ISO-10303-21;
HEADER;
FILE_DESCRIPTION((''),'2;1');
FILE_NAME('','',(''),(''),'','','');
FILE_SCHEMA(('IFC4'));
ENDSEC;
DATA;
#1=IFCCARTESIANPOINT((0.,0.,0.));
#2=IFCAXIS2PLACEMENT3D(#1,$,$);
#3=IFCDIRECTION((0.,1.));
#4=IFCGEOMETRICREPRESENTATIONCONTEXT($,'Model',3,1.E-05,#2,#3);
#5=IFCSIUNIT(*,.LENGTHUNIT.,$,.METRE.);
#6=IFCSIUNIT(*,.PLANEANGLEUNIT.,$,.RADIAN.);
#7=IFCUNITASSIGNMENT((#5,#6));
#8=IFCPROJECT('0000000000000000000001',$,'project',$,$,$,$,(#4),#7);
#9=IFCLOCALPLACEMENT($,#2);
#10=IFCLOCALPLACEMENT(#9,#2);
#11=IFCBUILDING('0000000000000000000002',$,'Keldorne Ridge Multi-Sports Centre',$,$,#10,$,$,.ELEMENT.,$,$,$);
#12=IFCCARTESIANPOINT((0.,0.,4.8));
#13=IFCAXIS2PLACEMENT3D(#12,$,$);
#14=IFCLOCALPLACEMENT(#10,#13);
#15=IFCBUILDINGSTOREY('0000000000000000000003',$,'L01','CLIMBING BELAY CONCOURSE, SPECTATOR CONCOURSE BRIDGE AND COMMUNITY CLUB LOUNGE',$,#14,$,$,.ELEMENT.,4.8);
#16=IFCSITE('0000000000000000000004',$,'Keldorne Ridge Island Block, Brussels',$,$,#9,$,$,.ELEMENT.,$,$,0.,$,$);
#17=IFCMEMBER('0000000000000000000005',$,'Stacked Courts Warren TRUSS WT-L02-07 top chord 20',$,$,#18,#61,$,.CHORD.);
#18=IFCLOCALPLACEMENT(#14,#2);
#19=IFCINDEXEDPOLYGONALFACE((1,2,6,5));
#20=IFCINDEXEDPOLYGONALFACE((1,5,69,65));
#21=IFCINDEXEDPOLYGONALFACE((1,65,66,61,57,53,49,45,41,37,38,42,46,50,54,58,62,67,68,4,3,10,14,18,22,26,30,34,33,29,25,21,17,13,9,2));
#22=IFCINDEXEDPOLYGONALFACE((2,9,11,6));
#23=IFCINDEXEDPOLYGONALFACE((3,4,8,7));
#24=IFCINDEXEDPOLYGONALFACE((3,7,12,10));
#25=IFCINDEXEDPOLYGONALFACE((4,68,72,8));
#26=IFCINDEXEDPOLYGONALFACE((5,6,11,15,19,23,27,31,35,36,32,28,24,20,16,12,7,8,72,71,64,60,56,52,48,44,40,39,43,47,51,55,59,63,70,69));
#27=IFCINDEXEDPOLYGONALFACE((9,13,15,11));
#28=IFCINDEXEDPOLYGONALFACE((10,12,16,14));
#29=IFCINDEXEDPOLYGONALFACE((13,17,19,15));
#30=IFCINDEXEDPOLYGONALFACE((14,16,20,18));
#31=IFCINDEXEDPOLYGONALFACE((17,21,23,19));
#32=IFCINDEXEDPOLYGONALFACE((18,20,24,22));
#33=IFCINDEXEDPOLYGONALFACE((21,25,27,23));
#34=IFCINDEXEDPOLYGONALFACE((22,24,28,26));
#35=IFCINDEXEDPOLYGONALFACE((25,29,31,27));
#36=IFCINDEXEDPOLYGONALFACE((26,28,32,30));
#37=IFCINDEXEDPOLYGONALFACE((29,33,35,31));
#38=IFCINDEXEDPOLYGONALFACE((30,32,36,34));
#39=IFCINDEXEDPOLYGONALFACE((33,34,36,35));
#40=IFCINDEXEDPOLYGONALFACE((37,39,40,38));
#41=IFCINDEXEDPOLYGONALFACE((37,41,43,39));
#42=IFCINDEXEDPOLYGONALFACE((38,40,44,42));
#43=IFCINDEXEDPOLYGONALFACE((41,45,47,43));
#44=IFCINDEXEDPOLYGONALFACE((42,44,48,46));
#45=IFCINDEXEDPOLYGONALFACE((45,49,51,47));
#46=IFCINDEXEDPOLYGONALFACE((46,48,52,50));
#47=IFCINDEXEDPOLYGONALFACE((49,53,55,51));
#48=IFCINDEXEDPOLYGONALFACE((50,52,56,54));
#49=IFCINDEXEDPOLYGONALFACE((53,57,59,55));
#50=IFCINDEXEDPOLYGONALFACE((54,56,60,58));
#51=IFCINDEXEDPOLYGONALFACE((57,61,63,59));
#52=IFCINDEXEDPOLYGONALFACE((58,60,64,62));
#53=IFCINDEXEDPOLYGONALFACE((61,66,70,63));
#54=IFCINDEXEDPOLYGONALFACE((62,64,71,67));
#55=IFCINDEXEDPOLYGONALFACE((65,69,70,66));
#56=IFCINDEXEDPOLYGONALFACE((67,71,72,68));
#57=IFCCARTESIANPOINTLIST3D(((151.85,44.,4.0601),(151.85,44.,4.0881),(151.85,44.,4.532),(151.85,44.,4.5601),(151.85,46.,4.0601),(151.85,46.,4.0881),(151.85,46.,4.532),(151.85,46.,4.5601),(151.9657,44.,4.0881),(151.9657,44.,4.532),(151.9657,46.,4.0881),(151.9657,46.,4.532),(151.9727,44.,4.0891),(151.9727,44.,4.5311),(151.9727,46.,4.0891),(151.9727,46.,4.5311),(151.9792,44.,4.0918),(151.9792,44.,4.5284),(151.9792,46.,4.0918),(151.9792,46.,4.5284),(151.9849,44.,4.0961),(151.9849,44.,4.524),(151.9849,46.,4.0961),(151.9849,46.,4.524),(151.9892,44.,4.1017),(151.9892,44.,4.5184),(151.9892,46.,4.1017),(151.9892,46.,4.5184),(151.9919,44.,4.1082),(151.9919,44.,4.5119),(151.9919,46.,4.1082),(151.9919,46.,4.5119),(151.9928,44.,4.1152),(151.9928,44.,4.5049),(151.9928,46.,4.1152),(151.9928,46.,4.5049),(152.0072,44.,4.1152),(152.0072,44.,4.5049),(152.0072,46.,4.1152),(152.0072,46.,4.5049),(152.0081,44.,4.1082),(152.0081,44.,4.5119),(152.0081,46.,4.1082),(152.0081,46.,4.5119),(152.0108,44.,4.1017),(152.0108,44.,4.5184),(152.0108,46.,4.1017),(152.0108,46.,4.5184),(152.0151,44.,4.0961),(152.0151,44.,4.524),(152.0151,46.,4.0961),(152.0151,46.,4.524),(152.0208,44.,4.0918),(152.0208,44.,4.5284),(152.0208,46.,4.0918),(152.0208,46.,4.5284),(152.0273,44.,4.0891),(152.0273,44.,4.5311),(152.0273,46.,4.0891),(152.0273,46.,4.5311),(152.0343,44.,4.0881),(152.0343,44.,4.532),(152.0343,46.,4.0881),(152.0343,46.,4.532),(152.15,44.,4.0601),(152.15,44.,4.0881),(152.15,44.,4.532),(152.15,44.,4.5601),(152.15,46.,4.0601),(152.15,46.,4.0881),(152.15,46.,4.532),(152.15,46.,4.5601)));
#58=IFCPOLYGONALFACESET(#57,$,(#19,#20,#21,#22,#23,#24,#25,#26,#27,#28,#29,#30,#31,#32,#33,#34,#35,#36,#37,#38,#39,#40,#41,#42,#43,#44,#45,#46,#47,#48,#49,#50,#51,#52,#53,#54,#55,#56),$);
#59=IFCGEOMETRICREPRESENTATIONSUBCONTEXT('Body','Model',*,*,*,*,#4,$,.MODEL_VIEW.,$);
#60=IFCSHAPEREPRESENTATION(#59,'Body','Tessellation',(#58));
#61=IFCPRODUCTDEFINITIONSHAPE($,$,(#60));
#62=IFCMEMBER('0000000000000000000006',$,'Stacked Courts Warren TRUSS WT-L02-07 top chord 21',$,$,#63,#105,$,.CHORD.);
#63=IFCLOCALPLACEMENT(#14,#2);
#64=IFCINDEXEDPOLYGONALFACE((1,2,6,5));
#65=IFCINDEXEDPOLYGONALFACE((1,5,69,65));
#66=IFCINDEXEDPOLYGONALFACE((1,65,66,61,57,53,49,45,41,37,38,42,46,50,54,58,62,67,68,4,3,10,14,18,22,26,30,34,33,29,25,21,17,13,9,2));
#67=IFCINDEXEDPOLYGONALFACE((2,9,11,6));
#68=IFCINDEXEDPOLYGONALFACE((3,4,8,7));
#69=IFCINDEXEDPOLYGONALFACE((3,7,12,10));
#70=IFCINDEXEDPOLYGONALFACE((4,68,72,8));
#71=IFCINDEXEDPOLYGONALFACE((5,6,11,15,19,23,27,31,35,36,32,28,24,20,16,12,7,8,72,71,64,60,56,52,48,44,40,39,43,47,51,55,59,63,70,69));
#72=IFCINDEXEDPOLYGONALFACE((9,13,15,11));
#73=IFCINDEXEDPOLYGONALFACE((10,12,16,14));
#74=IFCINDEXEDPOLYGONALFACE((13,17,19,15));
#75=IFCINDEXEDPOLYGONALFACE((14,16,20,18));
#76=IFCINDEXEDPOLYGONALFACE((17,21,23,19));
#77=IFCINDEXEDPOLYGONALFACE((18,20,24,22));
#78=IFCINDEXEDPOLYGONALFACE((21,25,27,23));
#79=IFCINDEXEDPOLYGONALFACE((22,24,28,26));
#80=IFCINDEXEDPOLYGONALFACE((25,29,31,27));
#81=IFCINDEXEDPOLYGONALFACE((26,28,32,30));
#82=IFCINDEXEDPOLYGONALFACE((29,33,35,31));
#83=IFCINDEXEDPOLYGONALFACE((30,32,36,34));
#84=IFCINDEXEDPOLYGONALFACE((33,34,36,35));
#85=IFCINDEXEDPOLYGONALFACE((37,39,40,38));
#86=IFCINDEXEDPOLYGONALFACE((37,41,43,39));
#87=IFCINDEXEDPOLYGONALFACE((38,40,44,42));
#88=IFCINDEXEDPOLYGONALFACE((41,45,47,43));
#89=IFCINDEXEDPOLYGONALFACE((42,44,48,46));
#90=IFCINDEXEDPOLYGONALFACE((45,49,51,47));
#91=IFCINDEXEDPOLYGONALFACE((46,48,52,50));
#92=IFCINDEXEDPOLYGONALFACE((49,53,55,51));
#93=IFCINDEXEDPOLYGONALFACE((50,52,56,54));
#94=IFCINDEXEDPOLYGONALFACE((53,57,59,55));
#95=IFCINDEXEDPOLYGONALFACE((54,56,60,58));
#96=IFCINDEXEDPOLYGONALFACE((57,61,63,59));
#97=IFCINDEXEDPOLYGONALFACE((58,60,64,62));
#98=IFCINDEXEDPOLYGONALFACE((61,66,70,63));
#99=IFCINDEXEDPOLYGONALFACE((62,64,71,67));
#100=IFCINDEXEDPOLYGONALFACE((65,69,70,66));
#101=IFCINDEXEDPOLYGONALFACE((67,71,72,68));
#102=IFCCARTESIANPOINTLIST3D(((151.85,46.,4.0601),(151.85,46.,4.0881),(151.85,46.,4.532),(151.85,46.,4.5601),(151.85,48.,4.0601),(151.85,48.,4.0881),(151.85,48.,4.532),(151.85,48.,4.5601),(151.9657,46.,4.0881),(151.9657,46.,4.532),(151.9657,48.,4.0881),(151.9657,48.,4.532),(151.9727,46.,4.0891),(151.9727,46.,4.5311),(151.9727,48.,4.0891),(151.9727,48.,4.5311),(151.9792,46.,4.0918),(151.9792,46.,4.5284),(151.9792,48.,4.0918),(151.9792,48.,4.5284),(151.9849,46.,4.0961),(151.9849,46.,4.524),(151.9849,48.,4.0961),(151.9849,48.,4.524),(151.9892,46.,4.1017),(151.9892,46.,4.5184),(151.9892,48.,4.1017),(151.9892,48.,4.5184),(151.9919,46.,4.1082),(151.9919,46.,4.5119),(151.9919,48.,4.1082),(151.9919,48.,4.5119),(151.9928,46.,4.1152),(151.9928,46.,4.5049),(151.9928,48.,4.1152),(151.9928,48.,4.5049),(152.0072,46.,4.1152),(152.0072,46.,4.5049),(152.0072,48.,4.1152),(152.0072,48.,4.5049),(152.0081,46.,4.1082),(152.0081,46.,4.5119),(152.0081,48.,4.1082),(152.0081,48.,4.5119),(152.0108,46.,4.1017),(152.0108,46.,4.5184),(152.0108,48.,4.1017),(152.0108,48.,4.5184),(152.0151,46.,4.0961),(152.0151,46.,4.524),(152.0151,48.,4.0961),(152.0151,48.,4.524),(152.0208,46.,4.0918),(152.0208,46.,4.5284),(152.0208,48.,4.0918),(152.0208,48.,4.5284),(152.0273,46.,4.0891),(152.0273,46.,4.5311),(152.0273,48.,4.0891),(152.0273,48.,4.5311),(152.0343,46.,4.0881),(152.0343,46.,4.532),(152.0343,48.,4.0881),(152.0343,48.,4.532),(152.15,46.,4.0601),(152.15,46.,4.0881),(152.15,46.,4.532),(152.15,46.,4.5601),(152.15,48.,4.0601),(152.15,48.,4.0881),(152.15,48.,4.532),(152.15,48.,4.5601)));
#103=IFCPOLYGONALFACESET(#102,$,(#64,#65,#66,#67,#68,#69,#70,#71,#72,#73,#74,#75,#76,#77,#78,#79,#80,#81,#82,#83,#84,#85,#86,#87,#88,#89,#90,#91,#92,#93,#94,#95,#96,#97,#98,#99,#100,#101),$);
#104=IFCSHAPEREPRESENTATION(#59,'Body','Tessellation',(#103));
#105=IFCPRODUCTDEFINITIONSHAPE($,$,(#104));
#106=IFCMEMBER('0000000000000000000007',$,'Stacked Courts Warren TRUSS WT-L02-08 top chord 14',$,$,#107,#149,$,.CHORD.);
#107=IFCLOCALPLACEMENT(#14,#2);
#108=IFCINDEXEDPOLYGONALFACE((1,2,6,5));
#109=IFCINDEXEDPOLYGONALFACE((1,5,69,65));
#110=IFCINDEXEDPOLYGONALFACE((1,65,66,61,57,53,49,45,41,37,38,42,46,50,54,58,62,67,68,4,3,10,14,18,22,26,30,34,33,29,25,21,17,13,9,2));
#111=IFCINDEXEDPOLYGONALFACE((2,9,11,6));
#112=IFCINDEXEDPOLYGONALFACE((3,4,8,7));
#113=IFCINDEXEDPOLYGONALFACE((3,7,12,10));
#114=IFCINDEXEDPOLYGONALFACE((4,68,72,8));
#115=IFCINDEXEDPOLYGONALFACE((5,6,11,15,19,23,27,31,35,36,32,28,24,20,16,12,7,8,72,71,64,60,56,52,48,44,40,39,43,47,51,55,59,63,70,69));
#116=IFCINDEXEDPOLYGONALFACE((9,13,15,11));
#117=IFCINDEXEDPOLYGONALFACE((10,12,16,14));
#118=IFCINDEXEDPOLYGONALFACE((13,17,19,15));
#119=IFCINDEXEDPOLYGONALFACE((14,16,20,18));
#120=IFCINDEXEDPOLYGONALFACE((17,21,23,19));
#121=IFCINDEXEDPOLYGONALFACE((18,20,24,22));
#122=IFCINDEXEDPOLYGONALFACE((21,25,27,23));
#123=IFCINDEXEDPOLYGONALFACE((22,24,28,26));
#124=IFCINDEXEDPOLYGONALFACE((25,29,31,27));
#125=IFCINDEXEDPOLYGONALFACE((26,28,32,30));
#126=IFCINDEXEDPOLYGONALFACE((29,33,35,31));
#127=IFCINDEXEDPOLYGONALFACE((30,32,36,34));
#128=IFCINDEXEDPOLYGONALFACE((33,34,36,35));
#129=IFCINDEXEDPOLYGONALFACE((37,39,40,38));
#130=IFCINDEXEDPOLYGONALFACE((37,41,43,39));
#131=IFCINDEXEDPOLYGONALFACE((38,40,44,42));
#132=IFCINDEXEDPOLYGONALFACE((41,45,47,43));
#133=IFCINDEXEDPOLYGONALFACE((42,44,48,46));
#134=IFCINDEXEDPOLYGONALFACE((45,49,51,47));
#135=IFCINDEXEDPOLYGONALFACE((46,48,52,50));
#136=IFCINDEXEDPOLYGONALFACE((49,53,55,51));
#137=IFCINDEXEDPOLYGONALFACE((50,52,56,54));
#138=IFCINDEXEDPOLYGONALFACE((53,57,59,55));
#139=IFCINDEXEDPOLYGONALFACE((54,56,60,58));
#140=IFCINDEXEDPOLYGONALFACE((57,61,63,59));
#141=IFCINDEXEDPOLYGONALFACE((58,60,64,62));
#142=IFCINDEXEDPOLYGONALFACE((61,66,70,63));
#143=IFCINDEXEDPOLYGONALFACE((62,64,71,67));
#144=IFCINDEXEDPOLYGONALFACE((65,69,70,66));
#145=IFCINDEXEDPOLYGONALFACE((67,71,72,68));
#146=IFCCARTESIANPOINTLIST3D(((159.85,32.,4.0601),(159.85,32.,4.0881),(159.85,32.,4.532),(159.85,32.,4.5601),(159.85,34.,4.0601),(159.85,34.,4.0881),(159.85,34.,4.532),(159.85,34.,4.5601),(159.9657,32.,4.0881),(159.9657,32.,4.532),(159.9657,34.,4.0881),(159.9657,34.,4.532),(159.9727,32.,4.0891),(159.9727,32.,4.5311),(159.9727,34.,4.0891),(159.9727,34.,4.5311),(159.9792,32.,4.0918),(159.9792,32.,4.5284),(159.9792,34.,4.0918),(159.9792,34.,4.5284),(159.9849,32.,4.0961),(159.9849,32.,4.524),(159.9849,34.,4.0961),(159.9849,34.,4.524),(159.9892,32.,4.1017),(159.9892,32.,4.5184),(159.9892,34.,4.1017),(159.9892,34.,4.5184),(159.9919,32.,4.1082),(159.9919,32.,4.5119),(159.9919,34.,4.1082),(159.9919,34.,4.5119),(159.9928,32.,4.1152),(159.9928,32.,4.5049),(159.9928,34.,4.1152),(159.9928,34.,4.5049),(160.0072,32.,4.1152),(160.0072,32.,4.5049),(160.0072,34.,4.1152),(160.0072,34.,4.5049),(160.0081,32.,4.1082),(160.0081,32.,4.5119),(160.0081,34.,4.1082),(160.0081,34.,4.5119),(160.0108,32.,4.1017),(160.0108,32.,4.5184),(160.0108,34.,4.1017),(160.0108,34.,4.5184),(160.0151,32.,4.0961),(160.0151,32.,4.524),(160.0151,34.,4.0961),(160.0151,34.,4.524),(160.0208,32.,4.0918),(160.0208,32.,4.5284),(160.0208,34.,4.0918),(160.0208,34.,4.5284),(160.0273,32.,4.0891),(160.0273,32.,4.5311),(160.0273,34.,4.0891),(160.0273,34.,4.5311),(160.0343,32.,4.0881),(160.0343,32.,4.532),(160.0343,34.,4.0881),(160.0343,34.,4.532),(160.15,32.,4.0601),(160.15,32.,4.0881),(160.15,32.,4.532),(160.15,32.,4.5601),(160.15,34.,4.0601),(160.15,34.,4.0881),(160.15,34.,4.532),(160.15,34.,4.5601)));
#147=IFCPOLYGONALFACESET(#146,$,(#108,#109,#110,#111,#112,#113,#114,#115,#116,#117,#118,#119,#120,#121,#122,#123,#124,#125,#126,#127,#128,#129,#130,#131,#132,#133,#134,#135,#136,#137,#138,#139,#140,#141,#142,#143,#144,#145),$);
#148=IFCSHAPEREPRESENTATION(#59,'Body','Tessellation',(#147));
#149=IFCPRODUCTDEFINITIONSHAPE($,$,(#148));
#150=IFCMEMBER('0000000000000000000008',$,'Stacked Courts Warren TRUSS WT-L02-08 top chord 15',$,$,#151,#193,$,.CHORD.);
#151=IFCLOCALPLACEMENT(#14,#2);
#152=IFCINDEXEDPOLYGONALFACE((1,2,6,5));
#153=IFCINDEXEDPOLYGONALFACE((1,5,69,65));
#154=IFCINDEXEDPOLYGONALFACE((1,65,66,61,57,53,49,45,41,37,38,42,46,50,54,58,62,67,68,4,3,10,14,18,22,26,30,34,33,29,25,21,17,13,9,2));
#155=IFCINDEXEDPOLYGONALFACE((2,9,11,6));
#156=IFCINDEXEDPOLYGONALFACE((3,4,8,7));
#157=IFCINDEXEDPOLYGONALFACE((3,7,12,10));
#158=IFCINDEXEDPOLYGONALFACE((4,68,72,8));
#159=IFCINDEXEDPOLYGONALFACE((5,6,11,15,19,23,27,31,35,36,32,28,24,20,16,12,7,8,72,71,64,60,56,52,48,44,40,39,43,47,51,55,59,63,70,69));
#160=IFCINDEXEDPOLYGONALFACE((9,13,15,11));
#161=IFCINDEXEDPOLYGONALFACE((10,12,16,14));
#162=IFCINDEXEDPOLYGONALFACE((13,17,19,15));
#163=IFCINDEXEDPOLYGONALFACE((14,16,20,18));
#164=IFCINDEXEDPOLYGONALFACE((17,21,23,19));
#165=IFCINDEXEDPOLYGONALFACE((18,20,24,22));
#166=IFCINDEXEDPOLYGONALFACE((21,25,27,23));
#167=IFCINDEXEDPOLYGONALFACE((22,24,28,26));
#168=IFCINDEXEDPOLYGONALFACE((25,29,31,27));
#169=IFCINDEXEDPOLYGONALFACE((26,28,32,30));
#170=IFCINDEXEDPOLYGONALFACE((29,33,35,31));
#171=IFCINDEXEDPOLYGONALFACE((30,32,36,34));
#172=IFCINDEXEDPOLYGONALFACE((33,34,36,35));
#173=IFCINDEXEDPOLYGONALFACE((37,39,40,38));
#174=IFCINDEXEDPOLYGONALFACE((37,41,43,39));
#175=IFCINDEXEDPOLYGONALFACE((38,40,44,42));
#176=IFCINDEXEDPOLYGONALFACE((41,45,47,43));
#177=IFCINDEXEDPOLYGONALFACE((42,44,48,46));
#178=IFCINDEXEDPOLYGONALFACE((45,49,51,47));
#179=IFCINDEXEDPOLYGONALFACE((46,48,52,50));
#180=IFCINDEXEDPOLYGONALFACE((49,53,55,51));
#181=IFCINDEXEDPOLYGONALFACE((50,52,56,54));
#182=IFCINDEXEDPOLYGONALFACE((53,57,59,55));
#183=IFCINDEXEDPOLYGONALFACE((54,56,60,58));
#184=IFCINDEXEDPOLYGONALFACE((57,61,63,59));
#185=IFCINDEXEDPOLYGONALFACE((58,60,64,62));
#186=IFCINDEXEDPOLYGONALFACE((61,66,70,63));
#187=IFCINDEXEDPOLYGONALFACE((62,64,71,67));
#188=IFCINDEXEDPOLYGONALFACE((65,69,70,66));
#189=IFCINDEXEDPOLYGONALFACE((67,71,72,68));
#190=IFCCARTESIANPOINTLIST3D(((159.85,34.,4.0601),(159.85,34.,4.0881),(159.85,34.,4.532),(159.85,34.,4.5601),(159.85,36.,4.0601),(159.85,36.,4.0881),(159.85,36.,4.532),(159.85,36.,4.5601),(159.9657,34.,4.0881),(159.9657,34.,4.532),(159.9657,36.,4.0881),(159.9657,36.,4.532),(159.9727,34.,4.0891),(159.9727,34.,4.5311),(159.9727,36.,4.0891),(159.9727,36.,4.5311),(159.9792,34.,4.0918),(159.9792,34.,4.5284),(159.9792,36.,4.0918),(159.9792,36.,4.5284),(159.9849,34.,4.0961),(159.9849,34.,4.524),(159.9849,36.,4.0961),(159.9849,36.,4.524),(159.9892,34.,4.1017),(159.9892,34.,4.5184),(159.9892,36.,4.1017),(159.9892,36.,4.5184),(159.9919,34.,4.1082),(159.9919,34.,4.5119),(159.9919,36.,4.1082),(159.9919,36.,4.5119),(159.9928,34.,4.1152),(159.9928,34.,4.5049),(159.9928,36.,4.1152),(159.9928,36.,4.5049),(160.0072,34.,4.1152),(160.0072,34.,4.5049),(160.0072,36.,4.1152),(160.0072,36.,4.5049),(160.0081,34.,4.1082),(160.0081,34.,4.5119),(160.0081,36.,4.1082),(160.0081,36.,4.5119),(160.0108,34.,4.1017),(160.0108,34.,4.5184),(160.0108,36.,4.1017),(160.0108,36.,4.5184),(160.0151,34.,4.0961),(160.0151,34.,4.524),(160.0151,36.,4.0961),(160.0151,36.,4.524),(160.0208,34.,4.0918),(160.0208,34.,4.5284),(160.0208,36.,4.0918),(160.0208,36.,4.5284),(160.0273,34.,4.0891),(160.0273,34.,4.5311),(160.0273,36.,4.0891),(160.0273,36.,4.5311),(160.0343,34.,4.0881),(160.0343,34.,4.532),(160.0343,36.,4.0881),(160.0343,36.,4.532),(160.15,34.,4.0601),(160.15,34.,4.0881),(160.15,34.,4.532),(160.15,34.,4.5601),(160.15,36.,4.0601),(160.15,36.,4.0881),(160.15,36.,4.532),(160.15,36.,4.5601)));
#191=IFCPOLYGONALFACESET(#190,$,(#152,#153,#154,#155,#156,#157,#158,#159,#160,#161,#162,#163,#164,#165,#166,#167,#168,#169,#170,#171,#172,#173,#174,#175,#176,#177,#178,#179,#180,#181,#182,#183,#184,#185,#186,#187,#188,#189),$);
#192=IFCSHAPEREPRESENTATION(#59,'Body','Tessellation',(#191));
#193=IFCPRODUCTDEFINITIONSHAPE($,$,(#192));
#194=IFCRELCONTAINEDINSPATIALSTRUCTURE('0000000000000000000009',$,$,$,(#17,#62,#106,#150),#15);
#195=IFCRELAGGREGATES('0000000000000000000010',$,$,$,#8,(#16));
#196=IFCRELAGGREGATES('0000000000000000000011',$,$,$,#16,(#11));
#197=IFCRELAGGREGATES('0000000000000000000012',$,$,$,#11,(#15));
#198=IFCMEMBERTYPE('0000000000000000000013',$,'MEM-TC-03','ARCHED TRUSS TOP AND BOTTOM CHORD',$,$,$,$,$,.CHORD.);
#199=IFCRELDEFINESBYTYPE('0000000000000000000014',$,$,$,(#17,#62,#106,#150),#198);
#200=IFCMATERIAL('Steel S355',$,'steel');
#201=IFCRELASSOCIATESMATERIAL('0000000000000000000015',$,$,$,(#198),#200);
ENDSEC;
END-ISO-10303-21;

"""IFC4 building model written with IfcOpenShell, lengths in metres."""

from ifc_helpers import new_model, si_unit, direction, frame, origin, origin_2d, place, context, subcontext, project, spatial, i_section, extrude, material, material_profile, profile_set, type_object, element, save


model = new_model("IFC4")

# Units and contexts
model_context = context("Model", 3, precision=1e-05, world=origin(), true_north=direction((0.0, 1.0)))
body_context = subcontext(model_context, "Body", "Model", "MODEL_VIEW")
ifc_project = project(units=[si_unit("LENGTHUNIT", "METRE"), si_unit("PLANEANGLEUNIT", "RADIAN")], contexts=[model_context])

# Site, building, storey
site_placement = place(None, origin())
site = spatial("IfcSite", under=ifc_project, at=site_placement, Name="Keldorne Ridge Island Block, Brussels", CompositionType="ELEMENT", RefElevation=0.0)
building_placement = place(site_placement, origin())
building = spatial("IfcBuilding", under=site, at=building_placement, Name="Keldorne Ridge Multi-Sports Centre", CompositionType="ELEMENT")
storey_placement = place(building_placement, frame((0.0, 0.0, 4.8)))
storey = spatial("IfcBuildingStorey", under=building, at=storey_placement, Name="L01", Description="CLIMBING BELAY CONCOURSE, SPECTATOR CONCOURSE BRIDGE AND COMMUNITY CLUB LOUNGE", CompositionType="ELEMENT", Elevation=4.8)

# Members
ifc_material = material(Name="Steel S355", Category="steel")
ifc_material_profile_1 = material_profile(ifc_material, i_section(OverallWidth=0.3, OverallDepth=0.5, WebThickness=0.0144, FlangeThickness=0.0281, FilletRadius=0.0271, at=origin_2d()), Name="HEB 500")
ifc_profile_set_1 = profile_set([ifc_material_profile_1], Name="Steel S355")
member_type_1 = type_object("IfcMemberType", Name="MEM-TC-03", Description="ARCHED TRUSS TOP AND BOTTOM CHORD", PredefinedType="CHORD", material=ifc_profile_set_1)
for number, where, z_axis, x_axis, name in (
    (1, (152.0, 44.0, 4.3101), (0.0, 1.0, 0.0), (-1.0, 0.0, 0.0), "Stacked Courts Warren TRUSS WT-L02-07 top chord 20"),
    (2, (152.0, 46.0, 4.3101), (0.0, 1.0, 0.0), (-1.0, 0.0, 0.0), "Stacked Courts Warren TRUSS WT-L02-07 top chord 21"),
    (3, (160.0, 32.0, 4.3101), (0.0, 1.0, 0.0), (-1.0, 0.0, 0.0), "Stacked Courts Warren TRUSS WT-L02-08 top chord 14"),
    (4, (160.0, 34.0, 4.3101), (0.0, 1.0, 0.0), (-1.0, 0.0, 0.0), "Stacked Courts Warren TRUSS WT-L02-08 top chord 15"),
):
    element("IfcMember", number, at=place(storey_placement, frame(where, z_axis=z_axis, x_axis=x_axis)), inside=storey, type_object=member_type_1, Name=name, PredefinedType="CHORD", context=body_context, shape_type="SweptSolid", body=[
        extrude(i_section(OverallWidth=0.3, OverallDepth=0.5, WebThickness=0.0144, FlangeThickness=0.0281, FilletRadius=0.0271, at=origin_2d()), origin(), (0.0, 0.0, 1.0), 2.0),
    ])

save(model, "model.ifc")
